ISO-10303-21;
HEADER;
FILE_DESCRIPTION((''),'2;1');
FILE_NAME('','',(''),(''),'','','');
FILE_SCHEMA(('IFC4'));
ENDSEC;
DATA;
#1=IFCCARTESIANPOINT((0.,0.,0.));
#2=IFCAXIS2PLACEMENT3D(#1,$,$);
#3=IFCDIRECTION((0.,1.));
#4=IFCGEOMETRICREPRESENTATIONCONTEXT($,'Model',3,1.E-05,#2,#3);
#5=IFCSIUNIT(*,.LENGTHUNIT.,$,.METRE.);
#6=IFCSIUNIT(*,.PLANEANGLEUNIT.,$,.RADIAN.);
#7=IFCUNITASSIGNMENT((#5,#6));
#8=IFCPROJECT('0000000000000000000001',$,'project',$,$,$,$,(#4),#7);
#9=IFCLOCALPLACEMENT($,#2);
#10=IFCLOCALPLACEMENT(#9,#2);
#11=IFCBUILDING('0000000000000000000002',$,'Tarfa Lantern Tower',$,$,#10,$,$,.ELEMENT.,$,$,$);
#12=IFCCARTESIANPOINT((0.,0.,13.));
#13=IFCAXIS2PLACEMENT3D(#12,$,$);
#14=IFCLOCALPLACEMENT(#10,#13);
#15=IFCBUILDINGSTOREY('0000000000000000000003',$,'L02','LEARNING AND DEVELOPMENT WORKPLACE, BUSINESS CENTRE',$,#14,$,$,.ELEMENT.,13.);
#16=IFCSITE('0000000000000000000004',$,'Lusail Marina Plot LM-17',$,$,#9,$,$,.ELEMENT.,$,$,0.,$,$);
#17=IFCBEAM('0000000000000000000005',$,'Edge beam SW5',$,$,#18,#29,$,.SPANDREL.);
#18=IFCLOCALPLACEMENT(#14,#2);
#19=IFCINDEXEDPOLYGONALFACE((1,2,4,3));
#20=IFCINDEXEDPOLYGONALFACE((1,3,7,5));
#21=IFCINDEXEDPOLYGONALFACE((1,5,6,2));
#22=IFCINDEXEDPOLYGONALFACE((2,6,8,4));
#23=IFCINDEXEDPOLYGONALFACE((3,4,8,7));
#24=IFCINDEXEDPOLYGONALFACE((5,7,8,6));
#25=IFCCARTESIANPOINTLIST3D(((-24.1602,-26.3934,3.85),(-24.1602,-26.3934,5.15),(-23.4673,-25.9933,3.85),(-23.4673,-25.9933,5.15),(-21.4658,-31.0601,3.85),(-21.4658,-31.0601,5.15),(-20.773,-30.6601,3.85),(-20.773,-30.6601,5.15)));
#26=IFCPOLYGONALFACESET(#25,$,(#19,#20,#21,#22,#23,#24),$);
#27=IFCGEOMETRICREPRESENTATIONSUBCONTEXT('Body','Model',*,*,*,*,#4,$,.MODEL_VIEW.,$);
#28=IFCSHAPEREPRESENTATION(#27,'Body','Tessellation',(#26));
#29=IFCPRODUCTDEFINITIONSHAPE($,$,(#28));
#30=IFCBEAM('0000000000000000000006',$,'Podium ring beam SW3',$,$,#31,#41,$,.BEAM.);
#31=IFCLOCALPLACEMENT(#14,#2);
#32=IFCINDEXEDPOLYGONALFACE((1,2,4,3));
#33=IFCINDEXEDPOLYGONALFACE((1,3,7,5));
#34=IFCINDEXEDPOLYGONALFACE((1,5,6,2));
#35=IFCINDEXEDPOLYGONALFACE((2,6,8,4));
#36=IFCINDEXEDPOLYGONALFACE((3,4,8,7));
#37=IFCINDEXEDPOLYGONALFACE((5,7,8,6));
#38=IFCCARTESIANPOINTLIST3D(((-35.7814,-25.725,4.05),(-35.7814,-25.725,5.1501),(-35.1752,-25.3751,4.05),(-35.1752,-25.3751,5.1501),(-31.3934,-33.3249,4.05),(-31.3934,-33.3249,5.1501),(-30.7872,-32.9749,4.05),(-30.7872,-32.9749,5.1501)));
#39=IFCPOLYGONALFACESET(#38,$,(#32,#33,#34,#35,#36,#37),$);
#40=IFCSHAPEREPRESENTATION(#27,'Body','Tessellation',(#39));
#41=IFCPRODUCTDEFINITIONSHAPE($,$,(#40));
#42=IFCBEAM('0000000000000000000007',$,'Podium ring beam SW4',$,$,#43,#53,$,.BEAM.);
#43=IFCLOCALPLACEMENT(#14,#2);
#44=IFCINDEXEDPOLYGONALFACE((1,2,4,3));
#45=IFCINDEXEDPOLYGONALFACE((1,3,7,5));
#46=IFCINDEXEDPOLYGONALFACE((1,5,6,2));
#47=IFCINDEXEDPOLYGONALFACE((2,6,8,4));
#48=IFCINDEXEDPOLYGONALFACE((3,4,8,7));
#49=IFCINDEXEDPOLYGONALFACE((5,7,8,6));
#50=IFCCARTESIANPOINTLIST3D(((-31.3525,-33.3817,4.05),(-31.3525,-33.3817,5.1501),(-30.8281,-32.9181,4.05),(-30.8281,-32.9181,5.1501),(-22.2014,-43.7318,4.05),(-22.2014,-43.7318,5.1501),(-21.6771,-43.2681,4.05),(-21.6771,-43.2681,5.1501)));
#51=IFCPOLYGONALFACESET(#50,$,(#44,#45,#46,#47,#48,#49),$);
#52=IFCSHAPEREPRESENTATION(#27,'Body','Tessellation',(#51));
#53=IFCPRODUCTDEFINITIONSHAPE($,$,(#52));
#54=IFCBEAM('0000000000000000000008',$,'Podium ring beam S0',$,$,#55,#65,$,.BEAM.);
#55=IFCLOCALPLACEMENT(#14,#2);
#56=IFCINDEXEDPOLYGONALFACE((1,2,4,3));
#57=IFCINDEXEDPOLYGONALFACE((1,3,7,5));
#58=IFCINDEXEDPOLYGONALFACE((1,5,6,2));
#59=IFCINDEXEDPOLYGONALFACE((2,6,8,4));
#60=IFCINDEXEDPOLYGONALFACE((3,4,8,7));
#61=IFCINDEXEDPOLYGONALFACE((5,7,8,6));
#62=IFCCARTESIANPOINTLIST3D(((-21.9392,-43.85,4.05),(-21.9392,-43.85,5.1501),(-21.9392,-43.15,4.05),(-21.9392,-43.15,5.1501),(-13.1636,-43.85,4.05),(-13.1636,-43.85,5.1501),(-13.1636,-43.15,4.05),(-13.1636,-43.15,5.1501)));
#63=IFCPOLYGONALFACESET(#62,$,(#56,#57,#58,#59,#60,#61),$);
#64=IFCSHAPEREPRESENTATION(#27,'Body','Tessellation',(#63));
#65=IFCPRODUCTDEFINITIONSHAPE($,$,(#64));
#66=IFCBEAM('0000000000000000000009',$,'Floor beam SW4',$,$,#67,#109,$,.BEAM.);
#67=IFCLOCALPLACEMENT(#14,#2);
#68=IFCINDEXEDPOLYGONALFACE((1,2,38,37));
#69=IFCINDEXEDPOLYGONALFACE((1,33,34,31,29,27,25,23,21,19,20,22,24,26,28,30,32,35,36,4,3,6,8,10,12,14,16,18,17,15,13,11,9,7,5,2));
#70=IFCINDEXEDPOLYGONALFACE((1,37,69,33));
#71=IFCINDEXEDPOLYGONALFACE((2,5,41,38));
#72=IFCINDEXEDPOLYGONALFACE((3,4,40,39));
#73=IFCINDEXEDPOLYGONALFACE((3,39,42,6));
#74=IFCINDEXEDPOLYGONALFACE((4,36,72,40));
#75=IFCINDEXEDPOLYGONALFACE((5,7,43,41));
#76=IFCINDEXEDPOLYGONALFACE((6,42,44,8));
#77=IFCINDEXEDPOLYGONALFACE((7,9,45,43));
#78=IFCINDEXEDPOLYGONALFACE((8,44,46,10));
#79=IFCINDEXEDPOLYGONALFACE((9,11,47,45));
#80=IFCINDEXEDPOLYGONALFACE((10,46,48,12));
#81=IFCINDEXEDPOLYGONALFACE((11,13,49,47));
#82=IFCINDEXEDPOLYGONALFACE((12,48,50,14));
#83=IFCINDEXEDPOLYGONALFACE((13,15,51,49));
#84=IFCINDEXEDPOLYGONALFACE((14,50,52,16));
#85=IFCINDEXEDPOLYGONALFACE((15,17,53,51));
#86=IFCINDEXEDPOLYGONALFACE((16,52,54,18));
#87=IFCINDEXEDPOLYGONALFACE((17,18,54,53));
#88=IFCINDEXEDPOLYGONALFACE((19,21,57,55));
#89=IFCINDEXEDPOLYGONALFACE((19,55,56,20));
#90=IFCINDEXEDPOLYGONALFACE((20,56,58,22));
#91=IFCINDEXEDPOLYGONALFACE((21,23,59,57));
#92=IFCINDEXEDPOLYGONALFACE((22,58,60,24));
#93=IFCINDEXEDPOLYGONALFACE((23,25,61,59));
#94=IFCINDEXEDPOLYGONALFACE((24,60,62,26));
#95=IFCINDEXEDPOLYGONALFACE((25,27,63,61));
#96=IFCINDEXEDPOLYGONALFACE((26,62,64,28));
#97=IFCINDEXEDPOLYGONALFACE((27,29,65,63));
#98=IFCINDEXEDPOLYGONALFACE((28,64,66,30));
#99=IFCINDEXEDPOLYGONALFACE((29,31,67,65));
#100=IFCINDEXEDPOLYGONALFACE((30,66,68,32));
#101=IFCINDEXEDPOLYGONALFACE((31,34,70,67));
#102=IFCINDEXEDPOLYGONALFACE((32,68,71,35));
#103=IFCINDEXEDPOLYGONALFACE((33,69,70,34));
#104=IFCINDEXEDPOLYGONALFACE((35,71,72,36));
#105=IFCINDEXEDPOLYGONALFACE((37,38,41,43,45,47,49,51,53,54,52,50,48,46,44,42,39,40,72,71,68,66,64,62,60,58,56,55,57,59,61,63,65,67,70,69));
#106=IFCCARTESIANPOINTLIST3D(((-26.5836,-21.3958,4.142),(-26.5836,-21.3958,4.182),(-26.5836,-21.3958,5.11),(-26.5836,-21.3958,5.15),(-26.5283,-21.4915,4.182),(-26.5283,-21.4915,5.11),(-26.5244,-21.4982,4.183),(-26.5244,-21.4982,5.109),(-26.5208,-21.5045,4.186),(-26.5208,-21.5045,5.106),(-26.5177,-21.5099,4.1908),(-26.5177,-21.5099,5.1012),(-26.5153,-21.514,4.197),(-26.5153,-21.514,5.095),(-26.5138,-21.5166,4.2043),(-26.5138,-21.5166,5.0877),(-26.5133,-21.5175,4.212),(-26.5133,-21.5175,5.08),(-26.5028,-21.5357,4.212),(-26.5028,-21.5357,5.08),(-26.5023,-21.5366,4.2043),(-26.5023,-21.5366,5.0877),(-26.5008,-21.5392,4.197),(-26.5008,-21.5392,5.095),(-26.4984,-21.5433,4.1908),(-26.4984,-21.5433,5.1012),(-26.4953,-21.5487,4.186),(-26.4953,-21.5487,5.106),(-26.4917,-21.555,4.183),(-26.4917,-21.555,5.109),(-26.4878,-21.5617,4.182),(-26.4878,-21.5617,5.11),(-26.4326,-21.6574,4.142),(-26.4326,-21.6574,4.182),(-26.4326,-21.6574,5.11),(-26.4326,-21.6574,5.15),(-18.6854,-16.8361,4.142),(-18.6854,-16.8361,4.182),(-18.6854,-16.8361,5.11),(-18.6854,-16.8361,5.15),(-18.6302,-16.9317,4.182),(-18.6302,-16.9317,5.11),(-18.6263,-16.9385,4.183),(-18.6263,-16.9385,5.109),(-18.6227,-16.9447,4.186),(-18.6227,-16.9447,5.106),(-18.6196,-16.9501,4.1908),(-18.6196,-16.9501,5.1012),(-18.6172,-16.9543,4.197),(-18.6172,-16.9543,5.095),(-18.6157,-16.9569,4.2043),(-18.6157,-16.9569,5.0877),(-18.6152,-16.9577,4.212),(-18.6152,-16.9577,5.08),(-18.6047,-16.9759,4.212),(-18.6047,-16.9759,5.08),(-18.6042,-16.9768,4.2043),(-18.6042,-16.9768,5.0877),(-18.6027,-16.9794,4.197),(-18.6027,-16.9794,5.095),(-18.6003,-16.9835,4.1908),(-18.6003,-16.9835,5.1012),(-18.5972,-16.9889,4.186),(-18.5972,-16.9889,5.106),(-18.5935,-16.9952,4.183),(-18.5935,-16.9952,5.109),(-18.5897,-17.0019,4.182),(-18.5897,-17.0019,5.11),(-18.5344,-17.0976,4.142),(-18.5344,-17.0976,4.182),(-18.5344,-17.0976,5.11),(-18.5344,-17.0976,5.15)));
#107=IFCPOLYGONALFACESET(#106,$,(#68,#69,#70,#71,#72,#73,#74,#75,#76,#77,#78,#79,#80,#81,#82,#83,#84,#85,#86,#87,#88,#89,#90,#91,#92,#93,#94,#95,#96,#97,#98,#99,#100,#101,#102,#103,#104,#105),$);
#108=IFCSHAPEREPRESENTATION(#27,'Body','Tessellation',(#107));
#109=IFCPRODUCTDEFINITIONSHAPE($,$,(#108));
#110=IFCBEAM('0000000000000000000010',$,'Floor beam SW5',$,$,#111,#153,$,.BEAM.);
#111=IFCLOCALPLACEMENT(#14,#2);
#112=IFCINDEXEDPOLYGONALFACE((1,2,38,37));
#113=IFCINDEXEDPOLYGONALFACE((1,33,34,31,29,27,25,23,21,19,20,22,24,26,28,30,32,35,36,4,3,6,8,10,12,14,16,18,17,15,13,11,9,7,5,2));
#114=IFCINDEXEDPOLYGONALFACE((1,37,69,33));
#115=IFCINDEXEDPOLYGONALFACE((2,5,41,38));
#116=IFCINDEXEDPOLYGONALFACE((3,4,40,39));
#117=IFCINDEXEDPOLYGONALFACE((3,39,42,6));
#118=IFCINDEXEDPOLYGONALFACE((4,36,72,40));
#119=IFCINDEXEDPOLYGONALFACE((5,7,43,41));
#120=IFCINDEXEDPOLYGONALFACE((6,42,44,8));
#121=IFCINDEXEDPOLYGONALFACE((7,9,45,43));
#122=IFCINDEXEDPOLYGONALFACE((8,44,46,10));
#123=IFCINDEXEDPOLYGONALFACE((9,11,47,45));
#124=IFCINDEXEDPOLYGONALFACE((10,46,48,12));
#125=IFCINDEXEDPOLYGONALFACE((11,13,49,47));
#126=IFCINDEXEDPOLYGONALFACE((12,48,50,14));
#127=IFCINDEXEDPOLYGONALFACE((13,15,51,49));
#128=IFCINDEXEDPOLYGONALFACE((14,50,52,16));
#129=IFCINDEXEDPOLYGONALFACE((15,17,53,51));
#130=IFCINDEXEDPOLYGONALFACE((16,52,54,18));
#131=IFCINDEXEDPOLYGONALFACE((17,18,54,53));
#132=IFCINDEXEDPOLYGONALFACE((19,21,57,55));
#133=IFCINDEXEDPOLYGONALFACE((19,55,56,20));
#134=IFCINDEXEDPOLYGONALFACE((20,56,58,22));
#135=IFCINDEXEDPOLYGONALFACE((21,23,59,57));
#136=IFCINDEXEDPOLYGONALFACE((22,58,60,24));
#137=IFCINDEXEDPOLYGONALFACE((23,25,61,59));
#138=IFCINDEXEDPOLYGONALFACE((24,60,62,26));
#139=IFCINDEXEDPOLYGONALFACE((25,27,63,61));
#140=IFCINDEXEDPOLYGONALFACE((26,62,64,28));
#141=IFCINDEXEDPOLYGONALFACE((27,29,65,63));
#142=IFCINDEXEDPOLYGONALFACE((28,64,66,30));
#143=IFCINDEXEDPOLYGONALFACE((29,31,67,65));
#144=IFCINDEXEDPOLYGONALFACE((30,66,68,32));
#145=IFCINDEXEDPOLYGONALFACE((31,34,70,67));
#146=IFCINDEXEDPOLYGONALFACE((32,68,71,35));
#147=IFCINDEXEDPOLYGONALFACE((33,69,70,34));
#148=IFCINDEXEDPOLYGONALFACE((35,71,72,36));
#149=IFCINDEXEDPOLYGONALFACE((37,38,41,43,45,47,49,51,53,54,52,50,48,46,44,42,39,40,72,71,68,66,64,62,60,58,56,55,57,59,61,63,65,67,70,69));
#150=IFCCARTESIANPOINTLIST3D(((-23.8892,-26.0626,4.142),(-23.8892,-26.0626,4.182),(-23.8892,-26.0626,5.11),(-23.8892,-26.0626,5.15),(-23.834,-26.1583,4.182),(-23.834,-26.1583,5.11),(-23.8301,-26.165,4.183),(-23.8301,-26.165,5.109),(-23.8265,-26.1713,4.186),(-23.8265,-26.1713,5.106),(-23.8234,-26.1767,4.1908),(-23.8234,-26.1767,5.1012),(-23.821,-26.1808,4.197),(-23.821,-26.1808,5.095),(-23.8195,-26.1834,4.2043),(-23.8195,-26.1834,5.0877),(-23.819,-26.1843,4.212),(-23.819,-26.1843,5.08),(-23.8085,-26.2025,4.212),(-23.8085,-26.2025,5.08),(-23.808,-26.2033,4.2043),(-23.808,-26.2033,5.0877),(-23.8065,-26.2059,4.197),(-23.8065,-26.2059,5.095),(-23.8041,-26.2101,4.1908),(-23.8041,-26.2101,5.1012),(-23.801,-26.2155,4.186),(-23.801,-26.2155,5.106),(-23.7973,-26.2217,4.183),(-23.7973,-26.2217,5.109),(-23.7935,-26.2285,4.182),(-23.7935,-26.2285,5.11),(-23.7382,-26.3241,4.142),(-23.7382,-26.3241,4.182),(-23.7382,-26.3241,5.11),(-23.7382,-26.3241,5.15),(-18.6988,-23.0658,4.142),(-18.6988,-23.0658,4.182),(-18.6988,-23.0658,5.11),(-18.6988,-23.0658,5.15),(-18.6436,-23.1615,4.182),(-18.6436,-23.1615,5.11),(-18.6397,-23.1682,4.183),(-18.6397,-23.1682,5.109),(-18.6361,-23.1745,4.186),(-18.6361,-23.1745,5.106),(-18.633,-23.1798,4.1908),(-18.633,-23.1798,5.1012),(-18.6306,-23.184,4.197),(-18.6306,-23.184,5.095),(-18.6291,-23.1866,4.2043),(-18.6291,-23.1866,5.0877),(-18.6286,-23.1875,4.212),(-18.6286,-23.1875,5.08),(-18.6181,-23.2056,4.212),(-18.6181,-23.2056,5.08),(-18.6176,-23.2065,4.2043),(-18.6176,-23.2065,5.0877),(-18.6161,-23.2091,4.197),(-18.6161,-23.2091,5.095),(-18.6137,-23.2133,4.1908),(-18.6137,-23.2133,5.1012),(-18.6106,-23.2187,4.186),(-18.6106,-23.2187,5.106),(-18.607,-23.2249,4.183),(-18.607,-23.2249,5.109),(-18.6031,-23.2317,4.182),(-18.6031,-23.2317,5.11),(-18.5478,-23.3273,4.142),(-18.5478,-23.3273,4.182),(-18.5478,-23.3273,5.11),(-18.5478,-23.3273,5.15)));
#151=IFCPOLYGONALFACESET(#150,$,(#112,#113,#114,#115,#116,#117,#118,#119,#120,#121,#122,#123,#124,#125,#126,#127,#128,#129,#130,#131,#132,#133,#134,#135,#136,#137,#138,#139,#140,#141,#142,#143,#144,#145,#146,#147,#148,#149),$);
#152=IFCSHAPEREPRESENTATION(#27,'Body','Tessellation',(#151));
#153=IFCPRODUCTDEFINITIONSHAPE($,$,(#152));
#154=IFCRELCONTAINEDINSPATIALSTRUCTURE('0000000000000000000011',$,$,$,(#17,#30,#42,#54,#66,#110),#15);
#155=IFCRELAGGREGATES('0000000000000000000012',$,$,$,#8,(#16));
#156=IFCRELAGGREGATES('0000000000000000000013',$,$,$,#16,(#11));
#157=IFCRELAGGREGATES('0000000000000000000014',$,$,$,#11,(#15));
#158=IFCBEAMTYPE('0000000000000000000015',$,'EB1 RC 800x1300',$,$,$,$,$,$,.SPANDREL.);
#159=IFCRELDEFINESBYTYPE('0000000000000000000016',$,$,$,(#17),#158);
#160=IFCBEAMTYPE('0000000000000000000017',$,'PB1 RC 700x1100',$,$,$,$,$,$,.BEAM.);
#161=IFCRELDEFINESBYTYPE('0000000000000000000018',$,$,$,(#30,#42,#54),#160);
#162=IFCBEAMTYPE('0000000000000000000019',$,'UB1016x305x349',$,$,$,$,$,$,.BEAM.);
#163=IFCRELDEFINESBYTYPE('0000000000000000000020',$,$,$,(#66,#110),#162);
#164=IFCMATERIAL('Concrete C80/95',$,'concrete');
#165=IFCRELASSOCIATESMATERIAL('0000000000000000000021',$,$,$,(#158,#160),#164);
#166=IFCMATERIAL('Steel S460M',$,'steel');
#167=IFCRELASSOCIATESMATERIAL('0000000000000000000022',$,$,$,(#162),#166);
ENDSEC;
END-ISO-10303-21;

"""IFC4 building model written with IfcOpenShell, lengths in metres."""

from ifc_helpers import new_model, si_unit, direction, frame, origin, origin_2d, place, context, subcontext, project, spatial, rectangle, i_section, extrude, material, material_profile, profile_set, type_object, element, save


model = new_model("IFC4")

# Units and contexts
model_context = context("Model", 3, precision=1e-05, world=origin(), true_north=direction((0.0, 1.0)))
body_context = subcontext(model_context, "Body", "Model", "MODEL_VIEW")
ifc_project = project(units=[si_unit("LENGTHUNIT", "METRE"), si_unit("PLANEANGLEUNIT", "RADIAN")], contexts=[model_context])

# Site, building, storey
site_placement = place(None, origin())
site = spatial("IfcSite", under=ifc_project, at=site_placement, Name="Lusail Marina Plot LM-17", CompositionType="ELEMENT", RefElevation=0.0)
building_placement = place(site_placement, origin())
building = spatial("IfcBuilding", under=site, at=building_placement, Name="Tarfa Lantern Tower", CompositionType="ELEMENT")
storey_placement = place(building_placement, frame((0.0, 0.0, 13.0)))
storey = spatial("IfcBuildingStorey", under=building, at=storey_placement, Name="L02", Description="LEARNING AND DEVELOPMENT WORKPLACE, BUSINESS CENTRE", CompositionType="ELEMENT", Elevation=13.0)

# Shared definitions
ifc_material_1 = material(Name="Concrete C80/95", Category="concrete")

# Beams
ifc_material_profile_1 = material_profile(ifc_material_1, rectangle(XDim=0.8, YDim=1.3, at=origin_2d()), Name="RC 800x1300")
ifc_profile_set_1 = profile_set([ifc_material_profile_1], Name="Concrete C80/95")
beam_type_1 = type_object("IfcBeamType", Name="EB1 RC 800x1300", PredefinedType="SPANDREL", material=ifc_profile_set_1)
for number, where, z_axis, x_axis, name in (
    (1, (-23.8137, -26.1934, 4.5), (0.499998, -0.866026, 0.0), (0.866026, 0.499998, 0.0), "Edge beam SW5"),
):
    element("IfcBeam", number, at=place(storey_placement, frame(where, z_axis=z_axis, x_axis=x_axis)), inside=storey, type_object=beam_type_1, Name=name, PredefinedType="SPANDREL", context=body_context, shape_type="SweptSolid", body=[
        extrude(rectangle(XDim=0.8, YDim=1.3, at=origin_2d()), origin(), (0.0, 0.0, 1.0), 5.3887),
    ])
ifc_material_profile_2 = material_profile(ifc_material_1, rectangle(XDim=0.7, YDim=1.1001, at=origin_2d()), Name="RC 700x1100")
ifc_profile_set_2 = profile_set([ifc_material_profile_2], Name="Concrete C80/95")
beam_type_2 = type_object("IfcBeamType", Name="PB1 RC 700x1100", PredefinedType="BEAM", material=ifc_profile_set_2)
beam_1_placement = place(storey_placement, frame((-35.4783, -25.55, 4.6001), z_axis=(0.500014, -0.866017, 0.0), x_axis=(0.866017, 0.500014, 0.0)))
element("IfcBeam", 2, at=beam_1_placement, inside=storey, type_object=beam_type_2, Name="Podium ring beam SW3", PredefinedType="BEAM", context=body_context, shape_type="SweptSolid", body=[
    extrude(rectangle(XDim=0.7, YDim=1.1001, at=origin_2d()), origin(), (0.0, 0.0, 1.0), 8.7756),
])
beam_2_placement = place(storey_placement, frame((-31.0903, -33.1499, 4.6001), z_axis=(0.662382, -0.749167, 0.0), x_axis=(0.749167, 0.662382, 0.0)))
element("IfcBeam", 3, at=beam_2_placement, inside=storey, type_object=beam_type_2, Name="Podium ring beam SW4", PredefinedType="BEAM", context=body_context, shape_type="SweptSolid", body=[
    extrude(rectangle(XDim=0.7, YDim=1.1001, at=origin_2d()), origin(), (0.0, 0.0, 1.0), 13.8154),
])
beam_3_placement = place(storey_placement, frame((-21.9392, -43.5, 4.6001), z_axis=(1.0, 0.0, 0.0), x_axis=(0.0, 1.0, 0.0)))
element("IfcBeam", 4, at=beam_3_placement, inside=storey, type_object=beam_type_2, Name="Podium ring beam S0", PredefinedType="BEAM", context=body_context, shape_type="SweptSolid", body=[
    extrude(rectangle(XDim=0.7, YDim=1.1001, at=origin_2d()), origin(), (0.0, 0.0, 1.0), 8.7756),
])
ifc_material_2 = material(Name="Steel S460M", Category="steel")
ifc_material_profile_3 = material_profile(ifc_material_2, i_section(OverallWidth=0.302, OverallDepth=1.0081, WebThickness=0.021, FlangeThickness=0.04, FilletRadius=0.03, at=origin_2d()), Name="UB1016x305x349")
ifc_profile_set_3 = profile_set([ifc_material_profile_3], Name="Steel S460M")
beam_type_3 = type_object("IfcBeamType", Name="UB1016x305x349", PredefinedType="BEAM", material=ifc_profile_set_3)
beam_4_placement = place(storey_placement, frame((-26.5081, -21.5266, 4.646), z_axis=(0.866035, 0.499983, 0.0), x_axis=(-0.499983, 0.866035, 0.0)))
element("IfcBeam", 5, at=beam_4_placement, inside=storey, type_object=beam_type_3, Name="Floor beam SW4", PredefinedType="BEAM", context=body_context, shape_type="SweptSolid", body=[
    extrude(i_section(OverallWidth=0.302, OverallDepth=1.0081, WebThickness=0.021, FlangeThickness=0.04, FilletRadius=0.03, at=origin_2d()), origin(), (0.0, 0.0, 1.0), 9.1199),
])
beam_5_placement = place(storey_placement, frame((-23.8137, -26.1934, 4.646), z_axis=(0.866016, 0.500016, 0.0), x_axis=(-0.500016, 0.866016, 0.0)))
element("IfcBeam", 6, at=beam_5_placement, inside=storey, type_object=beam_type_3, Name="Floor beam SW5", PredefinedType="BEAM", context=body_context, shape_type="SweptSolid", body=[
    extrude(i_section(OverallWidth=0.302, OverallDepth=1.0081, WebThickness=0.021, FlangeThickness=0.04, FilletRadius=0.03, at=origin_2d()), origin(), (0.0, 0.0, 1.0), 5.9934),
])

save(model, "model.ifc")
